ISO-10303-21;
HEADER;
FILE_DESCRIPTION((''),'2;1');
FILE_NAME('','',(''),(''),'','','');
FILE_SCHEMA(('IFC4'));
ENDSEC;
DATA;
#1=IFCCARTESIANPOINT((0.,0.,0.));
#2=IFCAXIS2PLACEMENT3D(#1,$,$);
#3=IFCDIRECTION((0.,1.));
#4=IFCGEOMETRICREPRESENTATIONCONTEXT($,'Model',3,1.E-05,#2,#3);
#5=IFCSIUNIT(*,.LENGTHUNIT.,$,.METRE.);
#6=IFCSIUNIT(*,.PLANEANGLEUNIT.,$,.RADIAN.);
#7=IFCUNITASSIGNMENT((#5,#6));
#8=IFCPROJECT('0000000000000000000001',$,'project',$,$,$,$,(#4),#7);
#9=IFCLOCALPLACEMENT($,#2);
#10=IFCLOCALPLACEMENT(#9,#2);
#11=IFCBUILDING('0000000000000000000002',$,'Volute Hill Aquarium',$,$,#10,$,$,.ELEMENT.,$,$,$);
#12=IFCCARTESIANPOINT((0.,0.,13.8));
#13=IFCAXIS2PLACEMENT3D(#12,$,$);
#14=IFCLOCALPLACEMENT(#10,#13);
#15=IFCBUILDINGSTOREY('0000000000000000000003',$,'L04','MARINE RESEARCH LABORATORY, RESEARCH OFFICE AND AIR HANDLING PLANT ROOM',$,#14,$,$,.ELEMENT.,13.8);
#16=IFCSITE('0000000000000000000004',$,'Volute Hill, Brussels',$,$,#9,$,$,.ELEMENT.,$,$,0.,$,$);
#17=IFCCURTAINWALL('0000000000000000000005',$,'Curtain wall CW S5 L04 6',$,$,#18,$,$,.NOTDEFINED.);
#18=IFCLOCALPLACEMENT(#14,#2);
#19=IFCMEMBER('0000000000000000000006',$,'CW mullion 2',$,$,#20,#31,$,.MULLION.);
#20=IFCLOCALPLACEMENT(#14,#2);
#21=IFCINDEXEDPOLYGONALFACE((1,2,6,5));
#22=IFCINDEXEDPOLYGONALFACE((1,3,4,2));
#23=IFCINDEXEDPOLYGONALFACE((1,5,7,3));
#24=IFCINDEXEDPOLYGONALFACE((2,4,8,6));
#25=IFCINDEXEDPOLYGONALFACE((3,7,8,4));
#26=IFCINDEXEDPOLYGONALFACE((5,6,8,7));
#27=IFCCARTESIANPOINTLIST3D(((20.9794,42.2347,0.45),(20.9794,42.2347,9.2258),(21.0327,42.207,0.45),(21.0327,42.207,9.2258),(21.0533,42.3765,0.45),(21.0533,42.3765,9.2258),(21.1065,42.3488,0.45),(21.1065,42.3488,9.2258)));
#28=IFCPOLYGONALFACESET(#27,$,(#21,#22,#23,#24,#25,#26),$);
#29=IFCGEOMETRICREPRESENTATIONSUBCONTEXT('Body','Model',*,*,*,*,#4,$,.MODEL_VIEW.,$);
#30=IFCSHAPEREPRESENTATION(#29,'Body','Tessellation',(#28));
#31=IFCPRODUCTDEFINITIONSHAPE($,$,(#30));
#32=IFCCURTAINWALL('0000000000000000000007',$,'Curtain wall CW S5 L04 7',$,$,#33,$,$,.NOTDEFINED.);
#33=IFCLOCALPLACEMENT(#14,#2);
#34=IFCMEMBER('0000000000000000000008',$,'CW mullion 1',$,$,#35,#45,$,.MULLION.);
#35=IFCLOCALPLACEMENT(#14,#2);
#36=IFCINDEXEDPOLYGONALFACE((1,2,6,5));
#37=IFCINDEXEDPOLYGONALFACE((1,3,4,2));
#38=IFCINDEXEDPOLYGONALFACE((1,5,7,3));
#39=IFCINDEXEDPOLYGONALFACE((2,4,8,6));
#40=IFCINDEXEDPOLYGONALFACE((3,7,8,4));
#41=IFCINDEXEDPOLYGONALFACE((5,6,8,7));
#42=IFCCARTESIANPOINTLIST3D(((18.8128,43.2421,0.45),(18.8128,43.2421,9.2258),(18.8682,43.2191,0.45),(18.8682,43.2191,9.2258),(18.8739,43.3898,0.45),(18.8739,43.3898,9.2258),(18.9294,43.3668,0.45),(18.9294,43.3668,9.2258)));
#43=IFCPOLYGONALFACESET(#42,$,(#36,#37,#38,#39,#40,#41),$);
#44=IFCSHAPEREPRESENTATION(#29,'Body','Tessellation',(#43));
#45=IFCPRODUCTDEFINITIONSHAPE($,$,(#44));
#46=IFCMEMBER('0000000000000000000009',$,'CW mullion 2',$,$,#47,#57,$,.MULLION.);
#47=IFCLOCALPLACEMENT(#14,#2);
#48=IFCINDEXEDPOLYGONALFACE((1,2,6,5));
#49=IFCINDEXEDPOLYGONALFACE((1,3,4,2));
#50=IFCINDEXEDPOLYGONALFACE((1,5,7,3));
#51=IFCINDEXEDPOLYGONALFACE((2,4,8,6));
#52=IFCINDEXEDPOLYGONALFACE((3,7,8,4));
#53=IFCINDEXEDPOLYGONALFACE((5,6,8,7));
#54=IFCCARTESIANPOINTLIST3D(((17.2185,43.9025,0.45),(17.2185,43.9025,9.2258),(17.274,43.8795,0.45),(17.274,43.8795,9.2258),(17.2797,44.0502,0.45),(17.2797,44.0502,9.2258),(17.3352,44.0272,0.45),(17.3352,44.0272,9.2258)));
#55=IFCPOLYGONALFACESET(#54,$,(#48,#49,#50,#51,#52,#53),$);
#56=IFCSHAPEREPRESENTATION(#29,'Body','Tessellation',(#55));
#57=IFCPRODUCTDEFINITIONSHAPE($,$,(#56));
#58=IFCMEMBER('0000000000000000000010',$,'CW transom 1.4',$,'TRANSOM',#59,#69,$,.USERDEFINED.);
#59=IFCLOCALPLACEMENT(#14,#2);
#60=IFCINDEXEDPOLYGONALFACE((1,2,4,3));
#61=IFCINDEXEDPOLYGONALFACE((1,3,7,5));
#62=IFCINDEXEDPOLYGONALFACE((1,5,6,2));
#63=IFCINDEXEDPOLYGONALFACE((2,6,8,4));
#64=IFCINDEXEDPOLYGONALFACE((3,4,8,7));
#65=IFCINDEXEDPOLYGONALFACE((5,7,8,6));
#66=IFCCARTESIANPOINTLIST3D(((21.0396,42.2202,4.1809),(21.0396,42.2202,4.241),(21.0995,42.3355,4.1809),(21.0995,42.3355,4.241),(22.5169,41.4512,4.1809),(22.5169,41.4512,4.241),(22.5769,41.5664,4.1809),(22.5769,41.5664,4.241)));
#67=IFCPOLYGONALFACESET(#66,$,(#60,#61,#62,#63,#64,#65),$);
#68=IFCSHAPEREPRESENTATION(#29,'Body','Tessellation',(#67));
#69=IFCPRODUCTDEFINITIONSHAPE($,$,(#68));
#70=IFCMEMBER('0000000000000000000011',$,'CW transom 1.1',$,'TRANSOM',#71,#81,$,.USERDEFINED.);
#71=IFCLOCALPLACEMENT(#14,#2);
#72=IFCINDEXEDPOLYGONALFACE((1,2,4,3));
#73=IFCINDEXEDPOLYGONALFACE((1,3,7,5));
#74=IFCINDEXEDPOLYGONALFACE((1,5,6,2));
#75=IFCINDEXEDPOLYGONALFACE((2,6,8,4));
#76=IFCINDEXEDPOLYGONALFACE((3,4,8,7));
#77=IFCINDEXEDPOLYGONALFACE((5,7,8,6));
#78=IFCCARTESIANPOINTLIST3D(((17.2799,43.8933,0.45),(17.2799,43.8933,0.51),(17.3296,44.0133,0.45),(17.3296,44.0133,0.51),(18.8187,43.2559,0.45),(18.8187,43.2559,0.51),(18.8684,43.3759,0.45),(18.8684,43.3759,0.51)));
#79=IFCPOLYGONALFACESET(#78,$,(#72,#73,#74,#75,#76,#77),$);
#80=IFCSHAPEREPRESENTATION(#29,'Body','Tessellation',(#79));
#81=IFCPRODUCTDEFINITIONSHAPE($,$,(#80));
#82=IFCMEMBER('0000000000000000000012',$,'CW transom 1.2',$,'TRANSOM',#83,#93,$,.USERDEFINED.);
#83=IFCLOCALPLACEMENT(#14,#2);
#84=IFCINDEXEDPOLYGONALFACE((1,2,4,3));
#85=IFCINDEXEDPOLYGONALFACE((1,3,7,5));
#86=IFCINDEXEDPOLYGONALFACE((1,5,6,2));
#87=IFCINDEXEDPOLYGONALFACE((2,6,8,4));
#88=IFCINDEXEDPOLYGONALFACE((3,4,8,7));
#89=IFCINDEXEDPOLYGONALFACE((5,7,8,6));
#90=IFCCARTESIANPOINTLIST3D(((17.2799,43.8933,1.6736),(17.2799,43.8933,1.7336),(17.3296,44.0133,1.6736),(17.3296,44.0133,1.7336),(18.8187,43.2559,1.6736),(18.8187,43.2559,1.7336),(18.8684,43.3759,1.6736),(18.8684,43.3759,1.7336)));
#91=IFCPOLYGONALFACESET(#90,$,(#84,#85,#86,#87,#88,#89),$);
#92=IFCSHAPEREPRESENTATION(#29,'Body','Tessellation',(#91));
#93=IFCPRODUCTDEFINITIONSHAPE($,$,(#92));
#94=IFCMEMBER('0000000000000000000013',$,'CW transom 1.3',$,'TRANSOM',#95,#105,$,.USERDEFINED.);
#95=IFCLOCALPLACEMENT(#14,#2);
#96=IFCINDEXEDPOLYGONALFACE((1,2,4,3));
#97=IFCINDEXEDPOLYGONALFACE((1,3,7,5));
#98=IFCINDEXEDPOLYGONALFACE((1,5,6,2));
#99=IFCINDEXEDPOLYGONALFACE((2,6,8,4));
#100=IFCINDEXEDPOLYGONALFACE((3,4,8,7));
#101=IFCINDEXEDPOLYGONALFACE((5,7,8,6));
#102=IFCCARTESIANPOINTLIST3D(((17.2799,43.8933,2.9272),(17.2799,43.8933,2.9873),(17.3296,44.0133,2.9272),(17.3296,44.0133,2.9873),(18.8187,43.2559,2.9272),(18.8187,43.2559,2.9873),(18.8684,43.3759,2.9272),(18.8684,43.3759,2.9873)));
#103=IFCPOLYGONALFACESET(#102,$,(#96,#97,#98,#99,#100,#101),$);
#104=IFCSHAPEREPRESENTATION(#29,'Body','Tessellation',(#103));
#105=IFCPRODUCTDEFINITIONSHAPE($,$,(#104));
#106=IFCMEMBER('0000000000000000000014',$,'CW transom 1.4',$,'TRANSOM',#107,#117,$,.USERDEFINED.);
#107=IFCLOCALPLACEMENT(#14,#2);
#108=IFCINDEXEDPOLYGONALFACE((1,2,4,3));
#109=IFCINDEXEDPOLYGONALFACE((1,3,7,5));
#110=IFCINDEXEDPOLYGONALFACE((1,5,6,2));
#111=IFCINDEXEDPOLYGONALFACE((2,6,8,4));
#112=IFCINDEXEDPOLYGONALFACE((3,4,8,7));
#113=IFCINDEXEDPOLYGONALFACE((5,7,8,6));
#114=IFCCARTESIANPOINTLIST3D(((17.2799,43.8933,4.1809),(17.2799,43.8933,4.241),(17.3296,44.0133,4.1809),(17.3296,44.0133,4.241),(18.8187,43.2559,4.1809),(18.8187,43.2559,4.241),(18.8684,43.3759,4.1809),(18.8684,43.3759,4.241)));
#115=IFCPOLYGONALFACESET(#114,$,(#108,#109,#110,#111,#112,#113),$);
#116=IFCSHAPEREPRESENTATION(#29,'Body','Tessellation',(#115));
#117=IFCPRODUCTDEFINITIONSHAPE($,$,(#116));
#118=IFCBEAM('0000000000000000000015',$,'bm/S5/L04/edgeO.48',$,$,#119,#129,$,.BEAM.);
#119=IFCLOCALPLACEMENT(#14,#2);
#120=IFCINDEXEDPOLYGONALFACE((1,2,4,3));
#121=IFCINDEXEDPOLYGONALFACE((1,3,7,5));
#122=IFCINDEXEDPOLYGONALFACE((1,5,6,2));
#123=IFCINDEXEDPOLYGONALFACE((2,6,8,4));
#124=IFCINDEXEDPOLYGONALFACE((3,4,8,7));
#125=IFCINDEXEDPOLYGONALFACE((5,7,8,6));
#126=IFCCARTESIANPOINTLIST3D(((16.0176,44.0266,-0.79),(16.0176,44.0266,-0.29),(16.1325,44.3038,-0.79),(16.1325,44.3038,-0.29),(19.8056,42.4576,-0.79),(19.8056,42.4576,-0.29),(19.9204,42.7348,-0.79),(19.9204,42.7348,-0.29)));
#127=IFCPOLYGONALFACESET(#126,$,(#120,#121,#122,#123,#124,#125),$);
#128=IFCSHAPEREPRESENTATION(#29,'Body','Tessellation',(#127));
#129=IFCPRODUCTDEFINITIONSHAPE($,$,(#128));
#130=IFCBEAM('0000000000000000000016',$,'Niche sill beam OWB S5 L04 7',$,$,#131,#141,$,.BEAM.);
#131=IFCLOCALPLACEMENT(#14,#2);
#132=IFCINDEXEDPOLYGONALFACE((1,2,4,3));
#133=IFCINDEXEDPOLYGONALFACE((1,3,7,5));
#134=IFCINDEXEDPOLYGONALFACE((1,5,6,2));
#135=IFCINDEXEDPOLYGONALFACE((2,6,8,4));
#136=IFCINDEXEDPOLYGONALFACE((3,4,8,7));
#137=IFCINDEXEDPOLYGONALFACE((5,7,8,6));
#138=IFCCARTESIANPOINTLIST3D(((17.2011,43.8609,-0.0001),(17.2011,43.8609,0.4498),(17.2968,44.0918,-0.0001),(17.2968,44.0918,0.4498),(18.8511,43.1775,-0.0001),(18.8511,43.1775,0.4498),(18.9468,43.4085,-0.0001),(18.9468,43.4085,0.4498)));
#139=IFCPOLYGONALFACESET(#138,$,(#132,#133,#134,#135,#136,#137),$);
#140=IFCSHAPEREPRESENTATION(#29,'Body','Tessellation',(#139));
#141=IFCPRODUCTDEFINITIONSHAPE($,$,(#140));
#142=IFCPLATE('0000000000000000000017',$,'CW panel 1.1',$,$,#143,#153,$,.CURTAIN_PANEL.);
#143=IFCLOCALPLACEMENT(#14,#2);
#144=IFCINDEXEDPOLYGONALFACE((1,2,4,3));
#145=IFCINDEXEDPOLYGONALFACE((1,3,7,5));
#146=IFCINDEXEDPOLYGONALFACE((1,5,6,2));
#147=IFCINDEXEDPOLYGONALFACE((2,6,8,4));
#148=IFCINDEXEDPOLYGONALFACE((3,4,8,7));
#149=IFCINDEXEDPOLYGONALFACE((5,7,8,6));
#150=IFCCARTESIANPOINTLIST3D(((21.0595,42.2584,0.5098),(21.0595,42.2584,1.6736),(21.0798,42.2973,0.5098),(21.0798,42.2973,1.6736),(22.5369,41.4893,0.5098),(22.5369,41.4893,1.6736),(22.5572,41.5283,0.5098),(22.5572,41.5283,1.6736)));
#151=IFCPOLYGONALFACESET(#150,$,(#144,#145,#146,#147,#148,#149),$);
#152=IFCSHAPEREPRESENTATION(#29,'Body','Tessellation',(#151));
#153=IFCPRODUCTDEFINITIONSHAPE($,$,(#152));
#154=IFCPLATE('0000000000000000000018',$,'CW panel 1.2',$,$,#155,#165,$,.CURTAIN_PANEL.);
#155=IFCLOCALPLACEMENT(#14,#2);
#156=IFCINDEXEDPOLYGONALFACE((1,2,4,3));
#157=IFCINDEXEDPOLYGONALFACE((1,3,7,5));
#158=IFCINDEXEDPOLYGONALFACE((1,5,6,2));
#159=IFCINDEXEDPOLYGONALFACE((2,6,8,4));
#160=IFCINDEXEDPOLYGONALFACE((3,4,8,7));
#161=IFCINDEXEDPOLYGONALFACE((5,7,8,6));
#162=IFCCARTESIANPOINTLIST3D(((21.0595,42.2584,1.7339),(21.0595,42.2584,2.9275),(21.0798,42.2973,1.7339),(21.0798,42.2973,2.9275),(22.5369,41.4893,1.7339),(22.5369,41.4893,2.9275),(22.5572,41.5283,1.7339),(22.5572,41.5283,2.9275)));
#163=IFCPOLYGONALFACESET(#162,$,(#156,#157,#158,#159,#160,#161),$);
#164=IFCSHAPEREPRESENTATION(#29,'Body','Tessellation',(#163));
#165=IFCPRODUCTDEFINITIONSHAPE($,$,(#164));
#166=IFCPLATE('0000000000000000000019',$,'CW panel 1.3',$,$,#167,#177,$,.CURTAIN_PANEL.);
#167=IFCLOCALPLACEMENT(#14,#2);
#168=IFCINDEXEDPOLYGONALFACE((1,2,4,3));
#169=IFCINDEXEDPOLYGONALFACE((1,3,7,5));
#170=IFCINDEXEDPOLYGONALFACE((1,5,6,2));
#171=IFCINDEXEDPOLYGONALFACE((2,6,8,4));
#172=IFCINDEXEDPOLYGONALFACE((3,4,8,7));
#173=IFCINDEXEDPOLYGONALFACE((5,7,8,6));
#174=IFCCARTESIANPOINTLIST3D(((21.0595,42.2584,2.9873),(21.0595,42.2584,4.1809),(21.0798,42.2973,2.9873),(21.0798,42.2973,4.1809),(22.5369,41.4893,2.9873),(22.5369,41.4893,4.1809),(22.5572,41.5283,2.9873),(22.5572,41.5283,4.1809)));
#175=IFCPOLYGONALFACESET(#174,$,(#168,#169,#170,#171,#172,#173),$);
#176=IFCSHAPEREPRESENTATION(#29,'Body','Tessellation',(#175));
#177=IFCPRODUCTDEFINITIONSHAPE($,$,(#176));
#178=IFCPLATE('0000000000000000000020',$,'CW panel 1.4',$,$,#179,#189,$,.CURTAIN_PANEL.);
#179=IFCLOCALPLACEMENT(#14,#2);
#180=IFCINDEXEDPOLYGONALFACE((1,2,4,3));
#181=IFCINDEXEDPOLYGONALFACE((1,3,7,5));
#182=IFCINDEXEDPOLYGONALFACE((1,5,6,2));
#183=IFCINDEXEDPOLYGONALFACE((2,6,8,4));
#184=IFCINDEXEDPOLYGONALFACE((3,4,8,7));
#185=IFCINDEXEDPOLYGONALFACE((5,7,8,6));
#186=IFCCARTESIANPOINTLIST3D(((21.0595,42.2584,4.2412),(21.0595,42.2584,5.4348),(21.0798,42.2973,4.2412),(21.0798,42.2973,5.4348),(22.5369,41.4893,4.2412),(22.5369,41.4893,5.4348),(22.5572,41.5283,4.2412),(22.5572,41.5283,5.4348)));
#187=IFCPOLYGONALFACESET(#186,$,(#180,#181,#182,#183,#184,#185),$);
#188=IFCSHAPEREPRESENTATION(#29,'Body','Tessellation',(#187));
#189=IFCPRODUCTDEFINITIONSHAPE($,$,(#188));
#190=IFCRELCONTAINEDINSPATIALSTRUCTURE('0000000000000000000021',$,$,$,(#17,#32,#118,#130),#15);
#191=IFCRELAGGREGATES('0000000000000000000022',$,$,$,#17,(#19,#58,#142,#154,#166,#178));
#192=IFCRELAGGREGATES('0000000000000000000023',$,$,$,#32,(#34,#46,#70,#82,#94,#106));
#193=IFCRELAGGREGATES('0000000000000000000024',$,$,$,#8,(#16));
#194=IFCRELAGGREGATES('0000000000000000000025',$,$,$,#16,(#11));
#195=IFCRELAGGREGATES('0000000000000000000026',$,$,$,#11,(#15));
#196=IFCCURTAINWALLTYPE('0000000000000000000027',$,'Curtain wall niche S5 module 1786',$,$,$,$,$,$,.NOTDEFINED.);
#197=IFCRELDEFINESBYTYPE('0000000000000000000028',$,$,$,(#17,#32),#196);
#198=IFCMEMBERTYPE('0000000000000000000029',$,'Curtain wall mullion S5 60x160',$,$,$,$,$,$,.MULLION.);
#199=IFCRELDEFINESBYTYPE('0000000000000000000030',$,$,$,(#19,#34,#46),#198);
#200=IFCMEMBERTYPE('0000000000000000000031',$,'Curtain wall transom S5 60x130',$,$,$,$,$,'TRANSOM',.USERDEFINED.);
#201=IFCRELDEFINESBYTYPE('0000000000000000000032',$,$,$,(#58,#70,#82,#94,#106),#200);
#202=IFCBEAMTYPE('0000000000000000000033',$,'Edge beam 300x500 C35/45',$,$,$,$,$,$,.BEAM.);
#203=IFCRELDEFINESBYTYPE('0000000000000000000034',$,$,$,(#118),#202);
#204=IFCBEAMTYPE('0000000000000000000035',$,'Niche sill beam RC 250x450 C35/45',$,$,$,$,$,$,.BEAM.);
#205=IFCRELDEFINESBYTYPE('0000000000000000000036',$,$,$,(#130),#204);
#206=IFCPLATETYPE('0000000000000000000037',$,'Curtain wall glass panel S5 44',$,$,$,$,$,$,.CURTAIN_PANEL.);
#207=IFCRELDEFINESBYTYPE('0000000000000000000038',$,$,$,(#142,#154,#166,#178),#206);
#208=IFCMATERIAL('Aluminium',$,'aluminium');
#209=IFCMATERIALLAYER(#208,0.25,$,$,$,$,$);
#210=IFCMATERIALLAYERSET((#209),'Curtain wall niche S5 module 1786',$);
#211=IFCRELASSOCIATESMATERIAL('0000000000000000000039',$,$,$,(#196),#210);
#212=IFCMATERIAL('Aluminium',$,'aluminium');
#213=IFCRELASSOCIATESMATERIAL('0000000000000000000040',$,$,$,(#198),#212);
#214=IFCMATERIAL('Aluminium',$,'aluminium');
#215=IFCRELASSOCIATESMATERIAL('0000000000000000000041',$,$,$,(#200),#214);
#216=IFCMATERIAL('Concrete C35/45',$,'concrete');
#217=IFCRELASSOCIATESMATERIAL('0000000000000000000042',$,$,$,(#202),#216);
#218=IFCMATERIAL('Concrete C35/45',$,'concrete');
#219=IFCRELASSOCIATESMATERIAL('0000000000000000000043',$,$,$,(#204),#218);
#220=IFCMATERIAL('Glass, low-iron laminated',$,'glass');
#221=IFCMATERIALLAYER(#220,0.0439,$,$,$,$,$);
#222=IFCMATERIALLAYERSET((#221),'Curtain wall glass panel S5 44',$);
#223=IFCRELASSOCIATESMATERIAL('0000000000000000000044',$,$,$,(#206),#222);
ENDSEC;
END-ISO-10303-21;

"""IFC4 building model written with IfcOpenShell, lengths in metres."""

from ifc_helpers import new_model, si_unit, direction, frame, origin, origin_2d, place, context, subcontext, project, spatial, rectangle, extrude, material, layer, layer_set, material_profile, profile_set, type_object, element, aggregate, save


model = new_model("IFC4")

# Units and contexts
model_context = context("Model", 3, precision=1e-05, world=origin(), true_north=direction((0.0, 1.0)))
body_context = subcontext(model_context, "Body", "Model", "MODEL_VIEW")
ifc_project = project(units=[si_unit("LENGTHUNIT", "METRE"), si_unit("PLANEANGLEUNIT", "RADIAN")], contexts=[model_context])

# Site, building, storey
site_placement = place(None, origin())
site = spatial("IfcSite", under=ifc_project, at=site_placement, Name="Volute Hill, Brussels", CompositionType="ELEMENT", RefElevation=0.0)
building_placement = place(site_placement, origin())
building = spatial("IfcBuilding", under=site, at=building_placement, Name="Volute Hill Aquarium", CompositionType="ELEMENT")
storey_placement = place(building_placement, frame((0.0, 0.0, 13.8)))
storey = spatial("IfcBuildingStorey", under=building, at=storey_placement, Name="L04", Description="MARINE RESEARCH LABORATORY, RESEARCH OFFICE AND AIR HANDLING PLANT ROOM", CompositionType="ELEMENT", Elevation=13.8)

# Curtain wall, member
ifc_material_1 = material(Name="Aluminium", Category="aluminium")
ifc_layer_1 = layer(ifc_material_1, 0.25)
ifc_layer_set_1 = layer_set([ifc_layer_1], Name="Curtain wall niche S5 module 1786")
curtain_wall_type = type_object("IfcCurtainWallType", Name="Curtain wall niche S5 module 1786", PredefinedType="NOTDEFINED", material=ifc_layer_set_1)
curtain_wall_1_placement = place(storey_placement, origin())
curtain_wall_1 = element("IfcCurtainWall", 1, at=curtain_wall_1_placement, inside=storey, type_object=curtain_wall_type, Name="Curtain wall CW S5 L04 6", PredefinedType="NOTDEFINED")
ifc_material_2 = material(Name="Aluminium", Category="aluminium")
ifc_material_profile_1 = material_profile(ifc_material_2, rectangle(XDim=0.1599, YDim=0.0601, at=origin_2d()), Name="Curtain wall mullion S5 60x160")
ifc_profile_set_1 = profile_set([ifc_material_profile_1], Name="Aluminium")
member_type_1 = type_object("IfcMemberType", Name="Curtain wall mullion S5 60x160", PredefinedType="MULLION", material=ifc_profile_set_1)
member_1_placement = place(storey_placement, frame((21.043, 42.2917, 0.45), z_axis=(0.0, 0.0, 1.0), x_axis=(-0.461755, -0.887007, 0.0)))
member_1 = element("IfcMember", 2, at=member_1_placement, type_object=member_type_1, Name="CW mullion 2", PredefinedType="MULLION", context=body_context, shape_type="SweptSolid", body=[
    extrude(rectangle(XDim=0.1599, YDim=0.0601, at=origin_2d()), origin(), (0.0, 0.0, 1.0), 8.7759),
])

# Curtain wall, members
curtain_wall_2_placement = place(storey_placement, origin())
curtain_wall_2 = element("IfcCurtainWall", 3, at=curtain_wall_2_placement, inside=storey, type_object=curtain_wall_type, Name="Curtain wall CW S5 L04 7", PredefinedType="NOTDEFINED")
member_2_placement = place(storey_placement, frame((18.8711, 43.3044, 0.45), z_axis=(0.0, 0.0, 1.0), x_axis=(-0.382686, -0.923878, 0.0)))
member_2 = element("IfcMember", 4, at=member_2_placement, type_object=member_type_1, Name="CW mullion 1", PredefinedType="MULLION", context=body_context, shape_type="SweptSolid", body=[
    extrude(rectangle(XDim=0.1599, YDim=0.0601, at=origin_2d()), origin(), (0.0, 0.0, 1.0), 8.7759),
])
member_3_placement = place(storey_placement, frame((17.2769, 43.9648, 0.45), z_axis=(0.0, 0.0, 1.0), x_axis=(-0.382686, -0.923878, 0.0)))
member_3 = element("IfcMember", 5, at=member_3_placement, type_object=member_type_1, Name="CW mullion 2", PredefinedType="MULLION", context=body_context, shape_type="SweptSolid", body=[
    extrude(rectangle(XDim=0.1599, YDim=0.0601, at=origin_2d()), origin(), (0.0, 0.0, 1.0), 8.7759),
])

# Members
ifc_material_3 = material(Name="Aluminium", Category="aluminium")
ifc_material_profile_2 = material_profile(ifc_material_3, rectangle(XDim=0.1299, YDim=0.0601, at=origin_2d()), Name="Curtain wall transom S5 60x130")
ifc_profile_set_2 = profile_set([ifc_material_profile_2], Name="Aluminium")
member_type_2 = type_object("IfcMemberType", Name="Curtain wall transom S5 60x130", ElementType="TRANSOM", PredefinedType="USERDEFINED", material=ifc_profile_set_2)
member_4_placement = place(storey_placement, frame((22.5469, 41.5088, 4.2109), z_axis=(-0.887008, 0.461754, 0.0), x_axis=(-0.461754, -0.887008, 0.0)))
member_4 = element("IfcMember", 6, at=member_4_placement, type_object=member_type_2, Name="CW transom 1.4", ObjectType="TRANSOM", PredefinedType="USERDEFINED", context=body_context, shape_type="SweptSolid", body=[
    extrude(rectangle(XDim=0.1299, YDim=0.0601, at=origin_2d()), origin(), (0.0, 0.0, 1.0), 1.6655),
])
member_5_placement = place(storey_placement, frame((18.8435, 43.3159, 0.48), z_axis=(-0.923869, 0.38271, 0.0), x_axis=(-0.38271, -0.923869, 0.0)))
member_5 = element("IfcMember", 7, at=member_5_placement, type_object=member_type_2, Name="CW transom 1.1", ObjectType="TRANSOM", PredefinedType="USERDEFINED", context=body_context, shape_type="SweptSolid", body=[
    extrude(rectangle(XDim=0.1299, YDim=0.0601, at=origin_2d()), origin(), (0.0, 0.0, 1.0), 1.6655),
])
member_6_placement = place(storey_placement, frame((18.8435, 43.3159, 1.7036), z_axis=(-0.923869, 0.38271, 0.0), x_axis=(-0.38271, -0.923869, 0.0)))
member_6 = element("IfcMember", 8, at=member_6_placement, type_object=member_type_2, Name="CW transom 1.2", ObjectType="TRANSOM", PredefinedType="USERDEFINED", context=body_context, shape_type="SweptSolid", body=[
    extrude(rectangle(XDim=0.1299, YDim=0.0601, at=origin_2d()), origin(), (0.0, 0.0, 1.0), 1.6655),
])
member_7_placement = place(storey_placement, frame((18.8435, 43.3159, 2.9573), z_axis=(-0.923869, 0.38271, 0.0), x_axis=(-0.38271, -0.923869, 0.0)))
member_7 = element("IfcMember", 9, at=member_7_placement, type_object=member_type_2, Name="CW transom 1.3", ObjectType="TRANSOM", PredefinedType="USERDEFINED", context=body_context, shape_type="SweptSolid", body=[
    extrude(rectangle(XDim=0.1299, YDim=0.0601, at=origin_2d()), origin(), (0.0, 0.0, 1.0), 1.6655),
])
member_8_placement = place(storey_placement, frame((18.8435, 43.3159, 4.2109), z_axis=(-0.923869, 0.38271, 0.0), x_axis=(-0.38271, -0.923869, 0.0)))
member_8 = element("IfcMember", 10, at=member_8_placement, type_object=member_type_2, Name="CW transom 1.4", ObjectType="TRANSOM", PredefinedType="USERDEFINED", context=body_context, shape_type="SweptSolid", body=[
    extrude(rectangle(XDim=0.1299, YDim=0.0601, at=origin_2d()), origin(), (0.0, 0.0, 1.0), 1.6655),
])

# Beams
ifc_material_4 = material(Name="Concrete C35/45", Category="concrete")
ifc_material_profile_3 = material_profile(ifc_material_4, rectangle(XDim=0.3, YDim=0.5, at=origin_2d()), Name="RC edge beam 300x500")
ifc_profile_set_3 = profile_set([ifc_material_profile_3], Name="Concrete C35/45")
beam_type_1 = type_object("IfcBeamType", Name="Edge beam 300x500 C35/45", PredefinedType="BEAM", material=ifc_profile_set_3)
beam_1_placement = place(storey_placement, frame((19.863, 42.5962, -0.54), z_axis=(-0.923878, 0.382687, 0.0), x_axis=(-0.382687, -0.923878, 0.0)))
element("IfcBeam", 11, at=beam_1_placement, inside=storey, type_object=beam_type_1, Name="bm/S5/L04/edgeO.48", PredefinedType="BEAM", context=body_context, shape_type="SweptSolid", body=[
    extrude(rectangle(XDim=0.3, YDim=0.5, at=origin_2d()), origin(), (0.0, 0.0, 1.0), 4.1001),
])
ifc_material_5 = material(Name="Concrete C35/45", Category="concrete")
ifc_material_profile_4 = material_profile(ifc_material_5, rectangle(XDim=0.25, YDim=0.45, at=origin_2d()), Name="RC beam 250x450")
ifc_profile_set_4 = profile_set([ifc_material_profile_4], Name="Concrete C35/45")
beam_type_2 = type_object("IfcBeamType", Name="Niche sill beam RC 250x450 C35/45", PredefinedType="BEAM", material=ifc_profile_set_4)
beam_2_placement = place(storey_placement, frame((18.8989, 43.293, 0.2249), z_axis=(-0.923892, 0.382654, 0.0), x_axis=(-0.382654, -0.923892, 0.0)))
element("IfcBeam", 12, at=beam_2_placement, inside=storey, type_object=beam_type_2, Name="Niche sill beam OWB S5 L04 7", PredefinedType="BEAM", context=body_context, shape_type="SweptSolid", body=[
    extrude(rectangle(XDim=0.25, YDim=0.45, at=origin_2d()), origin(), (0.0, 0.0, 1.0), 1.7859),
])

# Plates
ifc_material_6 = material(Name="Glass, low-iron laminated", Category="glass")
ifc_layer_2 = layer(ifc_material_6, 0.0439)
ifc_layer_set_2 = layer_set([ifc_layer_2], Name="Curtain wall glass panel S5 44")
plate_type = type_object("IfcPlateType", Name="Curtain wall glass panel S5 44", PredefinedType="CURTAIN_PANEL", material=ifc_layer_set_2)
plate_1_placement = place(storey_placement, frame((21.8083, 41.8933, 0.5098), z_axis=(0.0, 0.0, 1.0), x_axis=(-0.887007, 0.461755, 0.0)))
plate_1 = element("IfcPlate", 13, at=plate_1_placement, type_object=plate_type, Name="CW panel 1.1", PredefinedType="CURTAIN_PANEL", context=body_context, shape_type="SweptSolid", body=[
    extrude(rectangle(XDim=1.6655, YDim=0.0439, at=origin_2d()), origin(), (0.0, 0.0, 1.0), 1.1638),
])
plate_2_placement = place(storey_placement, frame((21.8083, 41.8933, 1.7339), z_axis=(0.0, 0.0, 1.0), x_axis=(-0.887007, 0.461755, 0.0)))
plate_2 = element("IfcPlate", 14, at=plate_2_placement, type_object=plate_type, Name="CW panel 1.2", PredefinedType="CURTAIN_PANEL", context=body_context, shape_type="SweptSolid", body=[
    extrude(rectangle(XDim=1.6655, YDim=0.0439, at=origin_2d()), origin(), (0.0, 0.0, 1.0), 1.1936),
])
plate_3_placement = place(storey_placement, frame((21.8083, 41.8933, 2.9873), z_axis=(0.0, 0.0, 1.0), x_axis=(-0.887007, 0.461755, 0.0)))
plate_3 = element("IfcPlate", 15, at=plate_3_placement, type_object=plate_type, Name="CW panel 1.3", PredefinedType="CURTAIN_PANEL", context=body_context, shape_type="SweptSolid", body=[
    extrude(rectangle(XDim=1.6655, YDim=0.0439, at=origin_2d()), origin(), (0.0, 0.0, 1.0), 1.1936),
])
plate_4_placement = place(storey_placement, frame((21.8083, 41.8933, 4.2412), z_axis=(0.0, 0.0, 1.0), x_axis=(-0.887007, 0.461755, 0.0)))
plate_4 = element("IfcPlate", 16, at=plate_4_placement, type_object=plate_type, Name="CW panel 1.4", PredefinedType="CURTAIN_PANEL", context=body_context, shape_type="SweptSolid", body=[
    extrude(rectangle(XDim=1.6655, YDim=0.0439, at=origin_2d()), origin(), (0.0, 0.0, 1.0), 1.1936),
])
aggregate(curtain_wall_1, [member_1, member_4, plate_1, plate_2, plate_3, plate_4])
aggregate(curtain_wall_2, [member_2, member_3, member_5, member_6, member_7, member_8])

save(model, "model.ifc")
